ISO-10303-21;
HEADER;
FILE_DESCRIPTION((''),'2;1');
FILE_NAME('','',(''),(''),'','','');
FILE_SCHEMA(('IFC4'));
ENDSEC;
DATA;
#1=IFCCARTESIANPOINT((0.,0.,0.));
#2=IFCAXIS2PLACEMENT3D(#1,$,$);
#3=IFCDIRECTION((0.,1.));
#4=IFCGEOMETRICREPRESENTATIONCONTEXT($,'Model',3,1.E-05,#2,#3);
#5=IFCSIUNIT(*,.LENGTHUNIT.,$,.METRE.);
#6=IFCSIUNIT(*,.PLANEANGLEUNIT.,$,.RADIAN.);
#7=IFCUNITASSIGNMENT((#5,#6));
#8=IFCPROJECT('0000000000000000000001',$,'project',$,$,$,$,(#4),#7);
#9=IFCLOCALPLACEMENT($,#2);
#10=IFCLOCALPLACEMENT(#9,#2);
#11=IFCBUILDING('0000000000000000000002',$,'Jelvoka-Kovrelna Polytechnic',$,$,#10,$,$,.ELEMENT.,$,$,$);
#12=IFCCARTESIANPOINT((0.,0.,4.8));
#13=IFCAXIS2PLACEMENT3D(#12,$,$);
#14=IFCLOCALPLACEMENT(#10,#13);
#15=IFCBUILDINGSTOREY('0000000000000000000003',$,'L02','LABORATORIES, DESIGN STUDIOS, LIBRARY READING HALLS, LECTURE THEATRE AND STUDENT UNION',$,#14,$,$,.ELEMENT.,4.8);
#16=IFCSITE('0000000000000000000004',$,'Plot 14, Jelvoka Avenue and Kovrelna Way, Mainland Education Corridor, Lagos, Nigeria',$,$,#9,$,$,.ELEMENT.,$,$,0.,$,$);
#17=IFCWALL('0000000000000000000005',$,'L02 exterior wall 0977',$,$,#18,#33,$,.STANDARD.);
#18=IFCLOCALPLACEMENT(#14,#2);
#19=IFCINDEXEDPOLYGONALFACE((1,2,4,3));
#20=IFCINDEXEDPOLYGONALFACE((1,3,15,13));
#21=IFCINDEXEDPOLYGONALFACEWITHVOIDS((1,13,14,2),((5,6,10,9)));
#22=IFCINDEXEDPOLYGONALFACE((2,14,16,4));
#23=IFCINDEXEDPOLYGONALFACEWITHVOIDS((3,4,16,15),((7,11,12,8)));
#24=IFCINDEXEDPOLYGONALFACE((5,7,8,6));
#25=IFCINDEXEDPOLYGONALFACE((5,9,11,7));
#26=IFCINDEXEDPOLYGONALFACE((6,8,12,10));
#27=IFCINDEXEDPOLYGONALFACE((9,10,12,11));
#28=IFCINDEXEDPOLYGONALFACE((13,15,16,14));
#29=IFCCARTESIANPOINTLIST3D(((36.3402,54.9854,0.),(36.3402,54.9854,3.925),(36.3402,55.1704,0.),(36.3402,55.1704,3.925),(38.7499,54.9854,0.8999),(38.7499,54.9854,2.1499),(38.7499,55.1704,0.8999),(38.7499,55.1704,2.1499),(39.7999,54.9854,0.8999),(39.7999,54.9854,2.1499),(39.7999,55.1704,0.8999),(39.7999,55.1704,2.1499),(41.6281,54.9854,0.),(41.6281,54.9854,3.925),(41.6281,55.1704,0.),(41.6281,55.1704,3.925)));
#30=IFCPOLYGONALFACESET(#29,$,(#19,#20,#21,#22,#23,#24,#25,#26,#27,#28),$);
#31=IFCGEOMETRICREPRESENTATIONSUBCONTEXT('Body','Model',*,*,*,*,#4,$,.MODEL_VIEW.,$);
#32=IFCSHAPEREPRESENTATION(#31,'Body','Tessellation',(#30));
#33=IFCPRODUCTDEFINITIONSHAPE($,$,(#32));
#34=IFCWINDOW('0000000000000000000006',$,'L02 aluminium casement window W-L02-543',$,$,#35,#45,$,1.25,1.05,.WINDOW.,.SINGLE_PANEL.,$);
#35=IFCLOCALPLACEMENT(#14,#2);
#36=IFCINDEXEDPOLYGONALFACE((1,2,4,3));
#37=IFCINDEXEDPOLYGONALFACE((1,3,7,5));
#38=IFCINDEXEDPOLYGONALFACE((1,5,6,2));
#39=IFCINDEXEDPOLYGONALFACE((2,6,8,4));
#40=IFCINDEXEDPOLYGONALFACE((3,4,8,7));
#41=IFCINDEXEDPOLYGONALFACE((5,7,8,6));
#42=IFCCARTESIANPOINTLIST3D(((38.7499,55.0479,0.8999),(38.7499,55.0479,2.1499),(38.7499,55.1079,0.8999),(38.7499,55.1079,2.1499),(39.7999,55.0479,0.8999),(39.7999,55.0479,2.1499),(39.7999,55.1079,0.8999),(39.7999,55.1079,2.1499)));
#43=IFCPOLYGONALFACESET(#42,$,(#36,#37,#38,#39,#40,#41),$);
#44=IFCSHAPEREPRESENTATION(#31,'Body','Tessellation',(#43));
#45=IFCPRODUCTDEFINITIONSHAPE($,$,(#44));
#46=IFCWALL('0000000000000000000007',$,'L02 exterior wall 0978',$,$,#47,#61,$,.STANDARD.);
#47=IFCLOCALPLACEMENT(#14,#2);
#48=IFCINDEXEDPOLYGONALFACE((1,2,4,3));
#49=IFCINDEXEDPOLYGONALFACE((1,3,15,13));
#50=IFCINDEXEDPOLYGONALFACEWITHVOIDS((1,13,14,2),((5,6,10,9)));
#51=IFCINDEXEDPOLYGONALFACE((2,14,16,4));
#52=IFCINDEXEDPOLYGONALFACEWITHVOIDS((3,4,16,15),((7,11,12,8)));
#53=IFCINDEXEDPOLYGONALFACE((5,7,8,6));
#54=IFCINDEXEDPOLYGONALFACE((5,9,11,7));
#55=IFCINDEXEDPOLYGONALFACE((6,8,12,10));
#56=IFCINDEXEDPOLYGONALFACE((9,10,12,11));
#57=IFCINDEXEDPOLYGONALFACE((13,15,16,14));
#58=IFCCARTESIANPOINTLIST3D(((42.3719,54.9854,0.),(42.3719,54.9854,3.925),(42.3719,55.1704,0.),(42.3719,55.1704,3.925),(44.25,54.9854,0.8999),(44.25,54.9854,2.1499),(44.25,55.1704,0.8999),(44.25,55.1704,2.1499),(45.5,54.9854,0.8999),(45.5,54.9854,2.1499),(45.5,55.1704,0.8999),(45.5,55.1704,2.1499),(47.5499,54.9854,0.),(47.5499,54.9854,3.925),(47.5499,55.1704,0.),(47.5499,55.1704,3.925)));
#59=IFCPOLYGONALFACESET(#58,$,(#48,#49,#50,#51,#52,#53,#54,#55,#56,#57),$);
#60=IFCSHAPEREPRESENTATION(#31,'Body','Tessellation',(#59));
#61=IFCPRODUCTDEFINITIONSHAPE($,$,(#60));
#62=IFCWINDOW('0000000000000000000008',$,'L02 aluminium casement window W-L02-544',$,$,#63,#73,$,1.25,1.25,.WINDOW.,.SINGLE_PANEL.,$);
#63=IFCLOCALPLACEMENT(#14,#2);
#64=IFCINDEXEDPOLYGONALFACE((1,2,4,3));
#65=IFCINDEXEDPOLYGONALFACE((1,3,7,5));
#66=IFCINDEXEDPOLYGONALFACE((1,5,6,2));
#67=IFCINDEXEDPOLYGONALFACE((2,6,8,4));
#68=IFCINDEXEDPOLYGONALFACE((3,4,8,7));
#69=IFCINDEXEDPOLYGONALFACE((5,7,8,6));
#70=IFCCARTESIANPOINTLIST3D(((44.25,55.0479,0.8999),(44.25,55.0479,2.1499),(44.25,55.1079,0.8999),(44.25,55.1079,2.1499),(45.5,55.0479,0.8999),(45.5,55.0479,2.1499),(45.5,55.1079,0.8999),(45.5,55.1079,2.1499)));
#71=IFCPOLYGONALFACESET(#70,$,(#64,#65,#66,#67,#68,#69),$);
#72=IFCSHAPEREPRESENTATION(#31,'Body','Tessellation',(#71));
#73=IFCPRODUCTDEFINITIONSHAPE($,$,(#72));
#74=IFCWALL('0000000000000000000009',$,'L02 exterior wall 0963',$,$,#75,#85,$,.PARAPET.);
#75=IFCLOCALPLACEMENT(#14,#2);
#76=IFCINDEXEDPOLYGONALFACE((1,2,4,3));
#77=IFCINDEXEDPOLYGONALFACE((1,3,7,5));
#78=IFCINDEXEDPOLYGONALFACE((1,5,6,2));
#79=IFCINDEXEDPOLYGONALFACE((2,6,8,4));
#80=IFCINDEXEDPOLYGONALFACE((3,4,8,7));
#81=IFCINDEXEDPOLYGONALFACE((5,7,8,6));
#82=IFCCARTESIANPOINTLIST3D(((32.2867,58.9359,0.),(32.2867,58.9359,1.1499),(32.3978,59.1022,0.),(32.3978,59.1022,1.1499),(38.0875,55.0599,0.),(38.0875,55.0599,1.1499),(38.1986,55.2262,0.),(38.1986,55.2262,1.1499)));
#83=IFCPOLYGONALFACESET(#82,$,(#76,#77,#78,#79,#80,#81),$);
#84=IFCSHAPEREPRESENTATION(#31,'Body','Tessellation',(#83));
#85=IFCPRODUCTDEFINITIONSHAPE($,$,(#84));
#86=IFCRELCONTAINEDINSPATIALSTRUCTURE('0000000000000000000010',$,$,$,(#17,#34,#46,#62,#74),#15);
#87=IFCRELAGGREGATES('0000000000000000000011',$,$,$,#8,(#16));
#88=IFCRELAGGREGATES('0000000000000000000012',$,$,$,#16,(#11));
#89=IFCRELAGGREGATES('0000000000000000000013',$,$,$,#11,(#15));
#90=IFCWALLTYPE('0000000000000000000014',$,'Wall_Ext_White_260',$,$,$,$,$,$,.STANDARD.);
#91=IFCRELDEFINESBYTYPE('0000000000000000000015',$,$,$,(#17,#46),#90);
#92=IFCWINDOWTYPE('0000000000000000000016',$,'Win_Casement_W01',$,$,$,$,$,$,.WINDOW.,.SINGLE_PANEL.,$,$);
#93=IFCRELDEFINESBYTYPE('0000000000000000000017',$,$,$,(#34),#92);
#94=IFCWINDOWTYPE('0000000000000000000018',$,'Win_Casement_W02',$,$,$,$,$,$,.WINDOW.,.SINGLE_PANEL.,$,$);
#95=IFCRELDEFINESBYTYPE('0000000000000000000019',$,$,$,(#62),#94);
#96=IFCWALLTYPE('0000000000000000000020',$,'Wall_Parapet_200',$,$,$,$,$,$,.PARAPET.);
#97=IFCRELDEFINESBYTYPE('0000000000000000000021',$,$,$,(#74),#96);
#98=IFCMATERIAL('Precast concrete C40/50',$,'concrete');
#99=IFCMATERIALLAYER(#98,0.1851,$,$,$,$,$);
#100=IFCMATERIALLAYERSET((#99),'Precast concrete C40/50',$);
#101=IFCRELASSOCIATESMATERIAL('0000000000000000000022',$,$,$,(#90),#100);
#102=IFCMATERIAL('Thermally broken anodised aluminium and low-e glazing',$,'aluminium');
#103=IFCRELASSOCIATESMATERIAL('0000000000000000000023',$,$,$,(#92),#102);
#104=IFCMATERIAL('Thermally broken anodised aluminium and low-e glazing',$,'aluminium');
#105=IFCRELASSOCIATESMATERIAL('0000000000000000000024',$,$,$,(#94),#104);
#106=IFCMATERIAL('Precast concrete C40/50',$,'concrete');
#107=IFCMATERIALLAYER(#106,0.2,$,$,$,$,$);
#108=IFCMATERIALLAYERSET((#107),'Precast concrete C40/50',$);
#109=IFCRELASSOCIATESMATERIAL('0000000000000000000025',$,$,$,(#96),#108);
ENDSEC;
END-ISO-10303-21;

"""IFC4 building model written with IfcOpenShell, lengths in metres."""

from ifc_helpers import new_model, si_unit, direction, frame, frame_2d, origin, place, context, subcontext, project, spatial, rectangle, extrude, material, layer, layer_set, type_object, element, fill, save


model = new_model("IFC4")

# Units and contexts
model_context = context("Model", 3, precision=1e-05, world=origin(), true_north=direction((0.0, 1.0)))
body_context = subcontext(model_context, "Body", "Model", "MODEL_VIEW")
ifc_project = project(units=[si_unit("LENGTHUNIT", "METRE"), si_unit("PLANEANGLEUNIT", "RADIAN")], contexts=[model_context])

# Site, building, storey
site_placement = place(None, origin())
site = spatial("IfcSite", under=ifc_project, at=site_placement, Name="Plot 14, Jelvoka Avenue and Kovrelna Way, Mainland Education Corridor, Lagos, Nigeria", CompositionType="ELEMENT", RefElevation=0.0)
building_placement = place(site_placement, origin())
building = spatial("IfcBuilding", under=site, at=building_placement, Name="Jelvoka-Kovrelna Polytechnic", CompositionType="ELEMENT")
storey_placement = place(building_placement, frame((0.0, 0.0, 4.8)))
storey = spatial("IfcBuildingStorey", under=building, at=storey_placement, Name="L02", Description="LABORATORIES, DESIGN STUDIOS, LIBRARY READING HALLS, LECTURE THEATRE AND STUDENT UNION", CompositionType="ELEMENT", Elevation=4.8)

# Walls, openings, windows
ifc_material_1 = material(Name="Precast concrete C40/50", Category="concrete")
ifc_layer_1 = layer(ifc_material_1, 0.1851)
ifc_layer_set_1 = layer_set([ifc_layer_1], Name="Precast concrete C40/50")
wall_type_1 = type_object("IfcWallType", Name="Wall_Ext_White_260", PredefinedType="STANDARD", material=ifc_layer_set_1)
wall_1_placement = place(storey_placement, frame((36.3401, 55.0779, 0.0), z_axis=(0.0, 0.0, 1.0), x_axis=(1.0, 0.0, 0.0)))
wall_1 = element("IfcWall", 1, at=wall_1_placement, inside=storey, type_object=wall_type_1, Name="L02 exterior wall 0977", PredefinedType="STANDARD", context=body_context, shape_type="SweptSolid", body=[
    extrude(rectangle(XDim=5.2878, YDim=0.1851, at=frame_2d((2.644, 0.0))), origin(), (0.0, 0.0, 1.0), 3.925),
])
opening_1_placement = place(wall_1_placement, frame((2.4099, 0.0, 0.8999)))
opening_1 = element("IfcOpeningElement", 2, at=opening_1_placement, cuts=wall_1, PredefinedType="OPENING", context=body_context, shape_type="SweptSolid", body=[
    extrude(rectangle(XDim=1.05, YDim=1.25, at=frame_2d((0.5249, 0.625))), frame((0.0, 0.1025, 0.0), z_axis=(0.0, -1.0, 0.0), x_axis=(1.0, 0.0, 0.0)), (0.0, 0.0, 1.0), 0.2051),
])
ifc_material_2 = material(Name="Thermally broken anodised aluminium and low-e glazing", Category="aluminium")
window_type_1 = type_object("IfcWindowType", Name="Win_Casement_W01", PartitioningType="SINGLE_PANEL", PredefinedType="WINDOW", material=ifc_material_2)
window_1_placement = place(opening_1_placement, origin())
window_1 = element("IfcWindow", 3, at=window_1_placement, inside=storey, type_object=window_type_1, Name="L02 aluminium casement window W-L02-543", OverallHeight=1.25, OverallWidth=1.05, PartitioningType="SINGLE_PANEL", PredefinedType="WINDOW", context=body_context, shape_type="SweptSolid", body=[
    extrude(rectangle(XDim=1.05, YDim=1.25, at=frame_2d((0.5249, 0.625))), frame((0.0, 0.03, 0.0), z_axis=(0.0, -1.0, 0.0), x_axis=(1.0, 0.0, 0.0)), (0.0, 0.0, 1.0), 0.0601),
])
fill(opening_1, window_1)
wall_2_placement = place(storey_placement, frame((42.3721, 55.0779, 0.0), z_axis=(0.0, 0.0, 1.0), x_axis=(1.0, 0.0, 0.0)))
wall_2 = element("IfcWall", 4, at=wall_2_placement, inside=storey, type_object=wall_type_1, Name="L02 exterior wall 0978", PredefinedType="STANDARD", context=body_context, shape_type="SweptSolid", body=[
    extrude(rectangle(XDim=5.178, YDim=0.1851, at=frame_2d((2.5889, 0.0))), origin(), (0.0, 0.0, 1.0), 3.925),
])
opening_2_placement = place(wall_2_placement, frame((1.8779, 0.0, 0.8999)))
opening_2 = element("IfcOpeningElement", 5, at=opening_2_placement, cuts=wall_2, PredefinedType="OPENING", context=body_context, shape_type="SweptSolid", body=[
    extrude(rectangle(XDim=1.25, YDim=1.25, at=frame_2d((0.625, 0.625))), frame((0.0, 0.1025, 0.0), z_axis=(0.0, -1.0, 0.0), x_axis=(1.0, 0.0, 0.0)), (0.0, 0.0, 1.0), 0.2051),
])
ifc_material_3 = material(Name="Thermally broken anodised aluminium and low-e glazing", Category="aluminium")
window_type_2 = type_object("IfcWindowType", Name="Win_Casement_W02", PartitioningType="SINGLE_PANEL", PredefinedType="WINDOW", material=ifc_material_3)
window_2_placement = place(opening_2_placement, origin())
window_2 = element("IfcWindow", 6, at=window_2_placement, inside=storey, type_object=window_type_2, Name="L02 aluminium casement window W-L02-544", OverallHeight=1.25, OverallWidth=1.25, PartitioningType="SINGLE_PANEL", PredefinedType="WINDOW", context=body_context, shape_type="SweptSolid", body=[
    extrude(rectangle(XDim=1.25, YDim=1.25, at=frame_2d((0.625, 0.625))), frame((0.0, 0.03, 0.0), z_axis=(0.0, -1.0, 0.0), x_axis=(1.0, 0.0, 0.0)), (0.0, 0.0, 1.0), 0.0601),
])
fill(opening_2, window_2)

# Wall
ifc_material_4 = material(Name="Precast concrete C40/50", Category="concrete")
ifc_layer_2 = layer(ifc_material_4, 0.2)
ifc_layer_set_2 = layer_set([ifc_layer_2], Name="Precast concrete C40/50")
wall_type_2 = type_object("IfcWallType", Name="Wall_Parapet_200", PredefinedType="PARAPET", material=ifc_layer_set_2)
wall_3_placement = place(storey_placement, frame((38.1431, 55.1431, 0.0), z_axis=(0.0, 0.0, 1.0), x_axis=(-0.831468, 0.555572, 0.0)))
element("IfcWall", 7, at=wall_3_placement, inside=storey, type_object=wall_type_2, Name="L02 exterior wall 0963", PredefinedType="PARAPET", context=body_context, shape_type="SweptSolid", body=[
    extrude(rectangle(XDim=6.9766, YDim=0.2, at=frame_2d((3.4883, 0.0))), origin(), (0.0, 0.0, 1.0), 1.1499),
])

save(model, "model.ifc")
